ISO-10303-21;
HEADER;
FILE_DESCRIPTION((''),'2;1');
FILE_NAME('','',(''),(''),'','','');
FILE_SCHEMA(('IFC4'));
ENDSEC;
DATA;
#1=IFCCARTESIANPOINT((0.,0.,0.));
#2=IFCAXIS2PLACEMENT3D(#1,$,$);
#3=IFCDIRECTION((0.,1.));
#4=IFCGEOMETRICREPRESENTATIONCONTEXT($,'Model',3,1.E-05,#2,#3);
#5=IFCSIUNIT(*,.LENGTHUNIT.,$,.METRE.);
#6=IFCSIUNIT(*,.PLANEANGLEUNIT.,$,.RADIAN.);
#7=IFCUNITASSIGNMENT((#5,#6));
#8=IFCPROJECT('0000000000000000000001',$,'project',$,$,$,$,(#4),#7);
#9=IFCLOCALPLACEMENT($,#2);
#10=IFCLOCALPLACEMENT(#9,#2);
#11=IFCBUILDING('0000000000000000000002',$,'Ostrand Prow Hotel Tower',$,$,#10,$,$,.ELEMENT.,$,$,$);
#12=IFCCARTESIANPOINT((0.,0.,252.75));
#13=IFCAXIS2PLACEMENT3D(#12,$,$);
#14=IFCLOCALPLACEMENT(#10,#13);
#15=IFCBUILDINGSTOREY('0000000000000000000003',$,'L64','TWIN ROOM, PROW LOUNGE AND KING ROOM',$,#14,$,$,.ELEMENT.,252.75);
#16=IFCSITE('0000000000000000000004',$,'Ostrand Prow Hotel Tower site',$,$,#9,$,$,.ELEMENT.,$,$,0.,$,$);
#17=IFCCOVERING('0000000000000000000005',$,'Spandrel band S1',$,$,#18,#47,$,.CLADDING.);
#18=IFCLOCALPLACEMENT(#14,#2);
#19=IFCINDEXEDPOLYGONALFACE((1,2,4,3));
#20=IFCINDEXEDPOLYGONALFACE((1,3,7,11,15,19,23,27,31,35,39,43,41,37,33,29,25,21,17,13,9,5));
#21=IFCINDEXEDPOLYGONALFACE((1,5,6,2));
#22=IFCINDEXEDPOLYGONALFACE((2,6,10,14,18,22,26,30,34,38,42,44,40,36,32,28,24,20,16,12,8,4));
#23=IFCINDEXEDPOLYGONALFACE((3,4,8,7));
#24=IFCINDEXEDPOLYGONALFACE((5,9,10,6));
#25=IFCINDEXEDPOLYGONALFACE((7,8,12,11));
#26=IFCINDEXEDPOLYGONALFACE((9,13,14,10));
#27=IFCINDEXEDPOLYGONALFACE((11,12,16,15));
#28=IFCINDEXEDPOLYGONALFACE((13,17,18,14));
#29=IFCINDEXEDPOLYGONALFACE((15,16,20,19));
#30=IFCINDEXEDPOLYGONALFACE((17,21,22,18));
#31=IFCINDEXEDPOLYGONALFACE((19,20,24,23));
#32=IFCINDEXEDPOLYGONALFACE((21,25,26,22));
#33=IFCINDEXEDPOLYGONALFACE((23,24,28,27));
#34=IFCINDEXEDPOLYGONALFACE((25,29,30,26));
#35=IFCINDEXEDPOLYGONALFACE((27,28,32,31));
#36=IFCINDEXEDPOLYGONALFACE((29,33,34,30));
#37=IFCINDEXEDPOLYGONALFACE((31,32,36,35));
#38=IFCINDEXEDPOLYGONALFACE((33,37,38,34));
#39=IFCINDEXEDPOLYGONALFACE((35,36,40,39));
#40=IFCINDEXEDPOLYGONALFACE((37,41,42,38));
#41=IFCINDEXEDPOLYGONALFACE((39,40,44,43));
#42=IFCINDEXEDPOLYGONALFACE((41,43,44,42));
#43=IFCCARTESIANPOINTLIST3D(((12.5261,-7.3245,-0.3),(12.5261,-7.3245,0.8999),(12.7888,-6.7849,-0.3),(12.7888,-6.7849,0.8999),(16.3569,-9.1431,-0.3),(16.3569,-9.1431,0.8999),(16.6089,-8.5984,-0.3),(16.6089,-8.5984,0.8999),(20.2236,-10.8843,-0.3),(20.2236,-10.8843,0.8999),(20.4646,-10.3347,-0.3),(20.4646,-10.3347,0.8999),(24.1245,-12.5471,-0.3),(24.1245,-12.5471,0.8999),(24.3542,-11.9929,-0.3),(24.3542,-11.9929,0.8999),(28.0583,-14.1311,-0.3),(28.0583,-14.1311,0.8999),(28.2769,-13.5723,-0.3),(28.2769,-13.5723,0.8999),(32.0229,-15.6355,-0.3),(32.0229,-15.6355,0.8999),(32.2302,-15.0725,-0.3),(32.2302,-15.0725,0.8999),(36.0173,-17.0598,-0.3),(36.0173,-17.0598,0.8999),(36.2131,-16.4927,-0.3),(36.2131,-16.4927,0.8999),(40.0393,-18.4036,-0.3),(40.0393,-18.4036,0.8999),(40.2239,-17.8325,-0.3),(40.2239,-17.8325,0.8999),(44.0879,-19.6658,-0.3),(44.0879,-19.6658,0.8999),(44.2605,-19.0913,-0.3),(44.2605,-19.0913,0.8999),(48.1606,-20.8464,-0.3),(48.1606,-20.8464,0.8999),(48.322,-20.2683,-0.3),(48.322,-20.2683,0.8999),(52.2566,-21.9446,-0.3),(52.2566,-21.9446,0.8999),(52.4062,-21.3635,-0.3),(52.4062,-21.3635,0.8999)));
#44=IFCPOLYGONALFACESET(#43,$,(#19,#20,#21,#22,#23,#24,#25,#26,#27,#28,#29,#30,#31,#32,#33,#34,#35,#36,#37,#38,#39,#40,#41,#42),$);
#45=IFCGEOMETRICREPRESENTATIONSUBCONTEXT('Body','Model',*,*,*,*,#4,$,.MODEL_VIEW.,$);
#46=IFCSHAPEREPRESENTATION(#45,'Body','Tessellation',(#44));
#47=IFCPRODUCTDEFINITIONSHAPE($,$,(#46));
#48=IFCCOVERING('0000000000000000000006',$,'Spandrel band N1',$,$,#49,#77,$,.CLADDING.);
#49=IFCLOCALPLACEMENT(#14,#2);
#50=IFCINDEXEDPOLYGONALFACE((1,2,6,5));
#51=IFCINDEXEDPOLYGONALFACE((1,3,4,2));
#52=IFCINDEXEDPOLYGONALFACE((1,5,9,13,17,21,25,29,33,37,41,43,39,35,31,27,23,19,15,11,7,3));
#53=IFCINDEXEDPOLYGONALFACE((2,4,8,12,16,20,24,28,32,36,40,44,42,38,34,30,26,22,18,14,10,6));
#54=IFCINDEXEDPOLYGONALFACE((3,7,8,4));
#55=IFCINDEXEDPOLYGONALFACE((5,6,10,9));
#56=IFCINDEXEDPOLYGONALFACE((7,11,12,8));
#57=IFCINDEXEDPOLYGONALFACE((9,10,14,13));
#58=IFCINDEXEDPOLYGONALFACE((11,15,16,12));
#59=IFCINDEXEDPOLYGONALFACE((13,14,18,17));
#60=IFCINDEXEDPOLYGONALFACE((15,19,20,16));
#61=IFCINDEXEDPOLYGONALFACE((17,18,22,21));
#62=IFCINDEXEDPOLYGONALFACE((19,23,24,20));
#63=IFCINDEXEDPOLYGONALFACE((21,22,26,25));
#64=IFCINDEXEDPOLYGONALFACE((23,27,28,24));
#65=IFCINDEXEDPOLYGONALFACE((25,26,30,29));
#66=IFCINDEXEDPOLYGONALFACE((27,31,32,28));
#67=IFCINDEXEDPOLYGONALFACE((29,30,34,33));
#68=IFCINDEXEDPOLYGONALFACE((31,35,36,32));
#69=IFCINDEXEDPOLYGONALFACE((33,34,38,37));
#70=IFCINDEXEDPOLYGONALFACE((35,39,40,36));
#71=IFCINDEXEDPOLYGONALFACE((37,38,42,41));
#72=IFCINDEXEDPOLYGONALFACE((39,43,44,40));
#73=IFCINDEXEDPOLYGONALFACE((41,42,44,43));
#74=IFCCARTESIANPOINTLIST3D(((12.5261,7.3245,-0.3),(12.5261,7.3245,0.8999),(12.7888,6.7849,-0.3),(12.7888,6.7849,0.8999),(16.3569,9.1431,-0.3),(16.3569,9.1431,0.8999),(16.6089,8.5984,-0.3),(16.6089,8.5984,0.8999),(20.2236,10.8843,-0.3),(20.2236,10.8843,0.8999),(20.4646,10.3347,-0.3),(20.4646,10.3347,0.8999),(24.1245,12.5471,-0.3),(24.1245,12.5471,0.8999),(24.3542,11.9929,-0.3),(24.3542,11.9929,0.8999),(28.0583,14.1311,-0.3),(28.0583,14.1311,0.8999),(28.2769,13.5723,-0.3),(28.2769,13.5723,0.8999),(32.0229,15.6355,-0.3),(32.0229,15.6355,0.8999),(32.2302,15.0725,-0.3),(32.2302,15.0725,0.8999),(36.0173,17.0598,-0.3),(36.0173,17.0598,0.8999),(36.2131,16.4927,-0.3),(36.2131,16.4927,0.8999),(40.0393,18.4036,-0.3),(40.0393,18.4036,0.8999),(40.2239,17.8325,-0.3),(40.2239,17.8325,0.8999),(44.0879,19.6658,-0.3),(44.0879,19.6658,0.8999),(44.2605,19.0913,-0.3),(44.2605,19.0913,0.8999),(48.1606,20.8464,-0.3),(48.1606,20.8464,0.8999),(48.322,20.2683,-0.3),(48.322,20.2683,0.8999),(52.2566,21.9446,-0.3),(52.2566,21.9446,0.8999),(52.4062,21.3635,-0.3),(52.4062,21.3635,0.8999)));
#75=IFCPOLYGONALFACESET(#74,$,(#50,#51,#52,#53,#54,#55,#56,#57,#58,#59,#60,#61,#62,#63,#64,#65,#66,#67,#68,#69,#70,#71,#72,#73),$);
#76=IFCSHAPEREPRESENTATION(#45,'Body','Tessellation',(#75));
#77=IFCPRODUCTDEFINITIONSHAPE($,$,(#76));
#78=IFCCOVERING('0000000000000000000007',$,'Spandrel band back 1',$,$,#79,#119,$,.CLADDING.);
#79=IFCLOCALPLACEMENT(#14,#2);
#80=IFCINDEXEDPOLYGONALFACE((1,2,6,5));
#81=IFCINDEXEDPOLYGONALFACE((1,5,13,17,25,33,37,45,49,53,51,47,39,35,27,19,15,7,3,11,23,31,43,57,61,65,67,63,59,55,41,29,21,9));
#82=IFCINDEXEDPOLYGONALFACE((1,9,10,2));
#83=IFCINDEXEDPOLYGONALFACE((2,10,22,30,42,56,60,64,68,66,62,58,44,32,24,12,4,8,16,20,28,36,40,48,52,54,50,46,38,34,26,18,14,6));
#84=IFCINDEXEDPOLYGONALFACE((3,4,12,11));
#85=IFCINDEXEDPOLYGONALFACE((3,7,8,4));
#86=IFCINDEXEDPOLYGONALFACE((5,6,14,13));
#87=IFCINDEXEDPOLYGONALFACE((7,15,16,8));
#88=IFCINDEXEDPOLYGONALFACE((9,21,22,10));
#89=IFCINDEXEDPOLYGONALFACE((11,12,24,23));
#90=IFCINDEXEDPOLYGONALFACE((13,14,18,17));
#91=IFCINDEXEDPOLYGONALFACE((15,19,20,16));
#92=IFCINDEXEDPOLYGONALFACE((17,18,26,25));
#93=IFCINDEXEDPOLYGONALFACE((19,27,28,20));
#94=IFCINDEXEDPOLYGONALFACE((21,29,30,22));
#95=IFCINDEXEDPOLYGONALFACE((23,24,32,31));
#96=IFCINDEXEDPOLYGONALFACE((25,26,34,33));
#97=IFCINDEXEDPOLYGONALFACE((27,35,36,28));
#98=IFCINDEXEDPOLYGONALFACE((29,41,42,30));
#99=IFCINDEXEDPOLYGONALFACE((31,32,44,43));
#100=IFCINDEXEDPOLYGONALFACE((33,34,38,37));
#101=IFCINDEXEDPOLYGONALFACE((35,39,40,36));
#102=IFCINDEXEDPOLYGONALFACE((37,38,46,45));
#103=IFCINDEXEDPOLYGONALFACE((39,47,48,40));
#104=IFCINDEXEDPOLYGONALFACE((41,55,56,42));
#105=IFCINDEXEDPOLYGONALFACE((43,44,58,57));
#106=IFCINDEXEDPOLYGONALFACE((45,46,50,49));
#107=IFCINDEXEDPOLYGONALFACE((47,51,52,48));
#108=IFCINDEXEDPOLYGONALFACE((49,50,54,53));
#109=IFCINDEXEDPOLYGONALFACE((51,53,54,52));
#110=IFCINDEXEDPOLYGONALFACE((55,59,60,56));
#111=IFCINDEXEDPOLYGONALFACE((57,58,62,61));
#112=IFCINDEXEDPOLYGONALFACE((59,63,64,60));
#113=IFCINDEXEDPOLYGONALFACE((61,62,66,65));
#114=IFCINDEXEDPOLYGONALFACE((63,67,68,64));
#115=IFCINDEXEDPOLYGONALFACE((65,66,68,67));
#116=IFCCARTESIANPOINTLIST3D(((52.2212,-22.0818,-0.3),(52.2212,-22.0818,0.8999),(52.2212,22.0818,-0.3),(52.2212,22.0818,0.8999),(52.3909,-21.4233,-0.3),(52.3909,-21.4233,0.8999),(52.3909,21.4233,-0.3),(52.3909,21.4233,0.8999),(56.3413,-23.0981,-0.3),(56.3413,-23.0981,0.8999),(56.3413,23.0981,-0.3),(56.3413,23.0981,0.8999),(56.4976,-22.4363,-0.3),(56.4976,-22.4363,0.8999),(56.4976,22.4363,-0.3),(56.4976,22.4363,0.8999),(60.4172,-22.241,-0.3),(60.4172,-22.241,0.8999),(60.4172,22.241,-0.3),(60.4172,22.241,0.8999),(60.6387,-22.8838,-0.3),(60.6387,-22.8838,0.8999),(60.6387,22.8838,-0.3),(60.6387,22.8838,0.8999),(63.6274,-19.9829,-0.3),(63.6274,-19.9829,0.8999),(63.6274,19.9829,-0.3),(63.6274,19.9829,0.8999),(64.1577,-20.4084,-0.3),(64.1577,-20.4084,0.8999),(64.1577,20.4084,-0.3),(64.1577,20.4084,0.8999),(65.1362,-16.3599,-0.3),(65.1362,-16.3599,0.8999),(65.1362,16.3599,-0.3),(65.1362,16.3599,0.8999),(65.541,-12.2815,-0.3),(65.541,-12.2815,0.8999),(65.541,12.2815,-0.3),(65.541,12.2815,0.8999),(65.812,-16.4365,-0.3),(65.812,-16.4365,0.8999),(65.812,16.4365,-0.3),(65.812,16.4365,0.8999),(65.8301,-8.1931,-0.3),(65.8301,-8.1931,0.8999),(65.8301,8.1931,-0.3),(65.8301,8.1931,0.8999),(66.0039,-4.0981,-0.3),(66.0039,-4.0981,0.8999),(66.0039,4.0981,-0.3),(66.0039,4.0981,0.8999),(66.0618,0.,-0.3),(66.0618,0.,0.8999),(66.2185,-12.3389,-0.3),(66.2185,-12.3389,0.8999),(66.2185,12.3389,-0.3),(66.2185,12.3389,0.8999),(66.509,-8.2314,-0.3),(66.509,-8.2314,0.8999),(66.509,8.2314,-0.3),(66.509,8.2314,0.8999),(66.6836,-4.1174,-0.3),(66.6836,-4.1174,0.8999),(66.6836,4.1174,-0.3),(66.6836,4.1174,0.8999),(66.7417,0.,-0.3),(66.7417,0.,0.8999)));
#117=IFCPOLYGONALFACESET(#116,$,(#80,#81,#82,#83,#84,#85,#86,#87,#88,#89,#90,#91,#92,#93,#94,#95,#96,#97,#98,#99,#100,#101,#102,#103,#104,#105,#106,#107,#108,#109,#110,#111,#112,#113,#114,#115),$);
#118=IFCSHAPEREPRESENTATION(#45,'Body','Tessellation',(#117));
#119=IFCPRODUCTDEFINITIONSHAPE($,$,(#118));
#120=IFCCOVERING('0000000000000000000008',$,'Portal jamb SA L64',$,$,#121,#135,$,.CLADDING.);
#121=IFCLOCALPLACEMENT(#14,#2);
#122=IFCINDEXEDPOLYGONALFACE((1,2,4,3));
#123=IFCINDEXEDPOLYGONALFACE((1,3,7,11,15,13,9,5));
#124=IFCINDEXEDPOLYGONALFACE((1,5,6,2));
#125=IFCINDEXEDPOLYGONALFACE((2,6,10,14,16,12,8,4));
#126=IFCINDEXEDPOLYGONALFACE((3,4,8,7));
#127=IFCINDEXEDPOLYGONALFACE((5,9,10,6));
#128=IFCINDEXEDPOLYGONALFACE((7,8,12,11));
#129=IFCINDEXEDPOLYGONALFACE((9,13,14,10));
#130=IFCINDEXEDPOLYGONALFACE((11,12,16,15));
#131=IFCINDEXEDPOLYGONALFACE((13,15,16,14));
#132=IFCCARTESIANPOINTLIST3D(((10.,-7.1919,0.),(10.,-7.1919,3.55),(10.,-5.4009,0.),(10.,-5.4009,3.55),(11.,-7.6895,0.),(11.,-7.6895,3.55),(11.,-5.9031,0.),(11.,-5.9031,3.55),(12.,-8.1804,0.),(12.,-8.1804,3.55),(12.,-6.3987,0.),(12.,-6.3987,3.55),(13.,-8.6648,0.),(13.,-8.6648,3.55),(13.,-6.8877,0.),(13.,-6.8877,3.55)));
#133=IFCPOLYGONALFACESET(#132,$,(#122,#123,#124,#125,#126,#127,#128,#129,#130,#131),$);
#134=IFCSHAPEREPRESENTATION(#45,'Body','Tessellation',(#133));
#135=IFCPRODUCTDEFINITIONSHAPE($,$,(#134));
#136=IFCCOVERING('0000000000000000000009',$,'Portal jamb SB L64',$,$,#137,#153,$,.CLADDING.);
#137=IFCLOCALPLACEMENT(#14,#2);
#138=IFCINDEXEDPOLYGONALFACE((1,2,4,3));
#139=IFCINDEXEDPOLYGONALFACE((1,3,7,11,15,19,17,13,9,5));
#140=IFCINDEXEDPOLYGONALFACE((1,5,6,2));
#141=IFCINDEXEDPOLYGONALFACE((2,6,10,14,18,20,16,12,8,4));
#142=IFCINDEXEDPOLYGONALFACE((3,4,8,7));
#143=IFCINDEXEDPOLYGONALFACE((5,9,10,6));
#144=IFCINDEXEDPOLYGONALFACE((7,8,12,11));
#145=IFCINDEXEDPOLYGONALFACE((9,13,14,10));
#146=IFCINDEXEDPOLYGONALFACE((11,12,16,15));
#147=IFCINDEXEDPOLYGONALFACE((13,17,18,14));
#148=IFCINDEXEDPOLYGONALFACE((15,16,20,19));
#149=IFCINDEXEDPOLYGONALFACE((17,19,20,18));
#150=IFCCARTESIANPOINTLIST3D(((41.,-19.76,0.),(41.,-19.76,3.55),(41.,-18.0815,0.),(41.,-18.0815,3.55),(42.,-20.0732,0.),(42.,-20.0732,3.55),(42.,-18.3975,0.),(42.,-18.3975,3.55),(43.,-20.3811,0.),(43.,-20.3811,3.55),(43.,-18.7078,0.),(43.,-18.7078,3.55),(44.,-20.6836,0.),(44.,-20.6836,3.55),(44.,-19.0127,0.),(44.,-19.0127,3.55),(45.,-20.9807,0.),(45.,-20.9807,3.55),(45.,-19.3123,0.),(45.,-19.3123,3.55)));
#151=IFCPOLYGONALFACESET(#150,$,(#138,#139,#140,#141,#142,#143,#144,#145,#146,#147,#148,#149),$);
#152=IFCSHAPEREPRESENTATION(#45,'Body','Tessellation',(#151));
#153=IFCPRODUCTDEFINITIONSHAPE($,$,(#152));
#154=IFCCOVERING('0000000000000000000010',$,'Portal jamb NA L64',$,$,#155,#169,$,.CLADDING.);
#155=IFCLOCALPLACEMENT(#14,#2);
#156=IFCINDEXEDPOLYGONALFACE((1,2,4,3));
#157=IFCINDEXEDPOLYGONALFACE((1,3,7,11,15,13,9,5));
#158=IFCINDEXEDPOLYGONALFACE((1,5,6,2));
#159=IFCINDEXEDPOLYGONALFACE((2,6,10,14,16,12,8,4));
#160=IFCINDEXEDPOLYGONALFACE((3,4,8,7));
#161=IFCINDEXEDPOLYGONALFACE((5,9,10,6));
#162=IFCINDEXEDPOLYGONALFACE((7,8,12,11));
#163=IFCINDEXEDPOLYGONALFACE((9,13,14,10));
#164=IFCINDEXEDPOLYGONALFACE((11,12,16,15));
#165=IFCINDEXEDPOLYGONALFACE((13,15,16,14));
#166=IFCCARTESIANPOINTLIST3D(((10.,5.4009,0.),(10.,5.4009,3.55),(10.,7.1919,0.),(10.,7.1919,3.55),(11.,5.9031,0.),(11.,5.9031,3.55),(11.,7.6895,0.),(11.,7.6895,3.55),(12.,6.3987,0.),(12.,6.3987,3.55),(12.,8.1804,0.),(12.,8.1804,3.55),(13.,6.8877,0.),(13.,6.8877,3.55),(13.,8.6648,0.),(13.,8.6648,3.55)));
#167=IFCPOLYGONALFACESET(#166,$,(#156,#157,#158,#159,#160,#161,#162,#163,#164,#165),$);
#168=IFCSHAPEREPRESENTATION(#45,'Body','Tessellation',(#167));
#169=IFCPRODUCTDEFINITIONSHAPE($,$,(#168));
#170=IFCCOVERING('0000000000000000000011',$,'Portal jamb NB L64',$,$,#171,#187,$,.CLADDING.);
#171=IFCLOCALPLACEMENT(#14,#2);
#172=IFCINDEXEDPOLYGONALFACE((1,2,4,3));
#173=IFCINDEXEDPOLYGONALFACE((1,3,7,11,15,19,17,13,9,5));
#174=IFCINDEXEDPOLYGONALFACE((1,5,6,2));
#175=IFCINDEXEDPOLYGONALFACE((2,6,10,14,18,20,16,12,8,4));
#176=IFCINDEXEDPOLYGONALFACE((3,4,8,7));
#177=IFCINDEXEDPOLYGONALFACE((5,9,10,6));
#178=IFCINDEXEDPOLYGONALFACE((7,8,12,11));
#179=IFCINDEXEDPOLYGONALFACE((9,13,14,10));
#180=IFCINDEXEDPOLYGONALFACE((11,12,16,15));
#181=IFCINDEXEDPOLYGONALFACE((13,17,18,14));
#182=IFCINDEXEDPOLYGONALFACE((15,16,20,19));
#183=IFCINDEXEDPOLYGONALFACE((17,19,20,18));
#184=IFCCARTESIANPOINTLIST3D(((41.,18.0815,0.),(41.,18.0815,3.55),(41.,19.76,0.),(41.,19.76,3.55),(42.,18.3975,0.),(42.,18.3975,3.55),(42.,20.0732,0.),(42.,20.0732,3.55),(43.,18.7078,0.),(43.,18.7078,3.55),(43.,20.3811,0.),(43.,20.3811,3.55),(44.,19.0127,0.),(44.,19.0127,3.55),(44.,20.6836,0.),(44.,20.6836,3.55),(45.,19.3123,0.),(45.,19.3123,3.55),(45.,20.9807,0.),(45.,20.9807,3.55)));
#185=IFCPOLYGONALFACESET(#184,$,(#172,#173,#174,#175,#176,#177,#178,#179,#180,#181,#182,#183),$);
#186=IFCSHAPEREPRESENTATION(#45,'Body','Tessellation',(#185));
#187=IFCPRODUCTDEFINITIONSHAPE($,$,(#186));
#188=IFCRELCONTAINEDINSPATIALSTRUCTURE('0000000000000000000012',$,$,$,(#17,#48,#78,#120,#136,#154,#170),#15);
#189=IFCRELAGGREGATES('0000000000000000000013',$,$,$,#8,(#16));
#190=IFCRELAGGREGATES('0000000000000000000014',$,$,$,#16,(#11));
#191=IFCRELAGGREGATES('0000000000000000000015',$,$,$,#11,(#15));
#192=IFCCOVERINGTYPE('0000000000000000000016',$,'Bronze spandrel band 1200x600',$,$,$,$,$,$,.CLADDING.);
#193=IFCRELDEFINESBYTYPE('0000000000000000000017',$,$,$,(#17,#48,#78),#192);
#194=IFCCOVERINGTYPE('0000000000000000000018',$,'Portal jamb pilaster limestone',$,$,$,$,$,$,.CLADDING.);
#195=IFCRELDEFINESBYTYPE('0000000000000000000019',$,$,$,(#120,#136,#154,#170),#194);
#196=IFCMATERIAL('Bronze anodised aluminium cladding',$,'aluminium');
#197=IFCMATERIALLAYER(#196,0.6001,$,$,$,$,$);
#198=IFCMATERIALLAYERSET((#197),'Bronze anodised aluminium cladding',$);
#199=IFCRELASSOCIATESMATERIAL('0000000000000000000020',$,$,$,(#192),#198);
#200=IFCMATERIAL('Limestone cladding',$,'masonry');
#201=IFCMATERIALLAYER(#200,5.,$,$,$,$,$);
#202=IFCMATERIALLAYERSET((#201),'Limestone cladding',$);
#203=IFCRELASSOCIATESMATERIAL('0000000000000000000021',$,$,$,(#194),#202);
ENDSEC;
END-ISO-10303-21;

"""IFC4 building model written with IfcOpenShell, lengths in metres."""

from ifc_helpers import new_model, si_unit, direction, frame, origin, place, context, subcontext, project, spatial, polyline, outline, extrude, material, layer, layer_set, type_object, element, save


model = new_model("IFC4")

# Units and contexts
model_context = context("Model", 3, precision=1e-05, world=origin(), true_north=direction((0.0, 1.0)))
body_context = subcontext(model_context, "Body", "Model", "MODEL_VIEW")
ifc_project = project(units=[si_unit("LENGTHUNIT", "METRE"), si_unit("PLANEANGLEUNIT", "RADIAN")], contexts=[model_context])

# Site, building, storey
site_placement = place(None, origin())
site = spatial("IfcSite", under=ifc_project, at=site_placement, Name="Ostrand Prow Hotel Tower site", CompositionType="ELEMENT", RefElevation=0.0)
building_placement = place(site_placement, origin())
building = spatial("IfcBuilding", under=site, at=building_placement, Name="Ostrand Prow Hotel Tower", CompositionType="ELEMENT")
storey_placement = place(building_placement, frame((0.0, 0.0, 252.75)))
storey = spatial("IfcBuildingStorey", under=building, at=storey_placement, Name="L64", Description="TWIN ROOM, PROW LOUNGE AND KING ROOM", CompositionType="ELEMENT", Elevation=252.75)

# Coverings
ifc_material_1 = material(Name="Bronze anodised aluminium cladding", Category="aluminium")
ifc_layer_1 = layer(ifc_material_1, 0.6001)
ifc_layer_set_1 = layer_set([ifc_layer_1], Name="Bronze anodised aluminium cladding")
covering_type_1 = type_object("IfcCoveringType", Name="Bronze spandrel band 1200x600", PredefinedType="CLADDING", material=ifc_layer_set_1)
covering_1_placement = place(storey_placement, frame((0.0, 0.0, -0.3)))
element("IfcCovering", 1, at=covering_1_placement, inside=storey, type_object=covering_type_1, Name="Spandrel band S1", PredefinedType="CLADDING", context=body_context, shape_type="SweptSolid", body=[
    extrude(outline(polyline([(12.5261, -7.3245), (16.3569, -9.1431), (20.2236, -10.8843), (24.1245, -12.5471), (28.0583, -14.1311), (32.0229, -15.6355), (36.0173, -17.0598), (40.0393, -18.4036), (44.0879, -19.6658), (48.1606, -20.8464), (52.2566, -21.9446), (52.4062, -21.3635), (48.322, -20.2683), (44.2605, -19.0913), (40.2239, -17.8325), (36.2131, -16.4927), (32.2302, -15.0725), (28.2769, -13.5723), (24.3542, -11.9929), (20.4646, -10.3347), (16.6089, -8.5984), (12.7888, -6.7849), (12.5261, -7.3245)])), origin(), (0.0, 0.0, 1.0), 1.2),
])
covering_2_placement = place(storey_placement, frame((0.0, 0.0, -0.3)))
element("IfcCovering", 2, at=covering_2_placement, inside=storey, type_object=covering_type_1, Name="Spandrel band N1", PredefinedType="CLADDING", context=body_context, shape_type="SweptSolid", body=[
    extrude(outline(polyline([(52.2566, 21.9446), (48.1606, 20.8464), (44.0879, 19.6658), (40.0393, 18.4036), (36.0173, 17.0598), (32.0229, 15.6355), (28.0583, 14.1311), (24.1245, 12.5471), (20.2236, 10.8843), (16.3569, 9.1431), (12.5261, 7.3245), (12.7888, 6.7849), (16.6089, 8.5984), (20.4646, 10.3347), (24.3542, 11.9929), (28.2769, 13.5723), (32.2302, 15.0725), (36.2131, 16.4927), (40.2239, 17.8325), (44.2605, 19.0913), (48.322, 20.2683), (52.4062, 21.3635), (52.2566, 21.9446)])), origin(), (0.0, 0.0, 1.0), 1.2),
])
covering_3_placement = place(storey_placement, frame((0.0, 0.0, -0.3)))
element("IfcCovering", 3, at=covering_3_placement, inside=storey, type_object=covering_type_1, Name="Spandrel band back 1", PredefinedType="CLADDING", context=body_context, shape_type="SweptSolid", body=[
    extrude(outline(polyline([(52.2212, -22.0818), (56.3413, -23.0981), (60.6387, -22.8838), (64.1577, -20.4084), (65.812, -16.4365), (66.2185, -12.3389), (66.509, -8.2314), (66.6836, -4.1174), (66.7417, 0.0), (66.6836, 4.1174), (66.509, 8.2314), (66.2185, 12.3389), (65.812, 16.4365), (64.1577, 20.4084), (60.6387, 22.8838), (56.3413, 23.0981), (52.2212, 22.0818), (52.3909, 21.4233), (56.4976, 22.4363), (60.4172, 22.241), (63.6274, 19.9829), (65.1362, 16.3599), (65.541, 12.2815), (65.8301, 8.1931), (66.0039, 4.0981), (66.0618, 0.0), (66.0039, -4.0981), (65.8301, -8.1931), (65.541, -12.2815), (65.1362, -16.3599), (63.6274, -19.9829), (60.4172, -22.241), (56.4976, -22.4363), (52.3909, -21.4233), (52.2212, -22.0818)])), origin(), (0.0, 0.0, 1.0), 1.2),
])
ifc_material_2 = material(Name="Limestone cladding", Category="masonry")
ifc_layer_2 = layer(ifc_material_2, 5.0)
ifc_layer_set_2 = layer_set([ifc_layer_2], Name="Limestone cladding")
covering_type_2 = type_object("IfcCoveringType", Name="Portal jamb pilaster limestone", PredefinedType="CLADDING", material=ifc_layer_set_2)
covering_4_placement = place(storey_placement, origin())
element("IfcCovering", 4, at=covering_4_placement, inside=storey, type_object=covering_type_2, Name="Portal jamb SA L64", PredefinedType="CLADDING", context=body_context, shape_type="SweptSolid", body=[
    extrude(outline(polyline([(10.0, -5.4009), (10.0, -7.1919), (11.0, -7.6895), (12.0, -8.1804), (13.0, -8.6648), (13.0, -6.8877), (12.0, -6.3987), (11.0, -5.9031), (10.0, -5.4009)])), origin(), (0.0, 0.0, 1.0), 3.55),
])
covering_5_placement = place(storey_placement, origin())
element("IfcCovering", 5, at=covering_5_placement, inside=storey, type_object=covering_type_2, Name="Portal jamb SB L64", PredefinedType="CLADDING", context=body_context, shape_type="SweptSolid", body=[
    extrude(outline(polyline([(41.0, -18.0815), (41.0, -19.76), (42.0, -20.0732), (43.0, -20.3811), (44.0, -20.6836), (45.0, -20.9807), (45.0, -19.3123), (44.0, -19.0127), (43.0, -18.7078), (42.0, -18.3975), (41.0, -18.0815)])), origin(), (0.0, 0.0, 1.0), 3.55),
])
covering_6_placement = place(storey_placement, origin())
element("IfcCovering", 6, at=covering_6_placement, inside=storey, type_object=covering_type_2, Name="Portal jamb NA L64", PredefinedType="CLADDING", context=body_context, shape_type="SweptSolid", body=[
    extrude(outline(polyline([(10.0, 5.4009), (11.0, 5.9031), (12.0, 6.3987), (13.0, 6.8877), (13.0, 8.6648), (12.0, 8.1804), (11.0, 7.6895), (10.0, 7.1919), (10.0, 5.4009)])), origin(), (0.0, 0.0, 1.0), 3.55),
])
covering_7_placement = place(storey_placement, origin())
element("IfcCovering", 7, at=covering_7_placement, inside=storey, type_object=covering_type_2, Name="Portal jamb NB L64", PredefinedType="CLADDING", context=body_context, shape_type="SweptSolid", body=[
    extrude(outline(polyline([(41.0, 18.0815), (42.0, 18.3975), (43.0, 18.7078), (44.0, 19.0127), (45.0, 19.3123), (45.0, 20.9807), (44.0, 20.6836), (43.0, 20.3811), (42.0, 20.0732), (41.0, 19.76), (41.0, 18.0815)])), origin(), (0.0, 0.0, 1.0), 3.55),
])

save(model, "model.ifc")
